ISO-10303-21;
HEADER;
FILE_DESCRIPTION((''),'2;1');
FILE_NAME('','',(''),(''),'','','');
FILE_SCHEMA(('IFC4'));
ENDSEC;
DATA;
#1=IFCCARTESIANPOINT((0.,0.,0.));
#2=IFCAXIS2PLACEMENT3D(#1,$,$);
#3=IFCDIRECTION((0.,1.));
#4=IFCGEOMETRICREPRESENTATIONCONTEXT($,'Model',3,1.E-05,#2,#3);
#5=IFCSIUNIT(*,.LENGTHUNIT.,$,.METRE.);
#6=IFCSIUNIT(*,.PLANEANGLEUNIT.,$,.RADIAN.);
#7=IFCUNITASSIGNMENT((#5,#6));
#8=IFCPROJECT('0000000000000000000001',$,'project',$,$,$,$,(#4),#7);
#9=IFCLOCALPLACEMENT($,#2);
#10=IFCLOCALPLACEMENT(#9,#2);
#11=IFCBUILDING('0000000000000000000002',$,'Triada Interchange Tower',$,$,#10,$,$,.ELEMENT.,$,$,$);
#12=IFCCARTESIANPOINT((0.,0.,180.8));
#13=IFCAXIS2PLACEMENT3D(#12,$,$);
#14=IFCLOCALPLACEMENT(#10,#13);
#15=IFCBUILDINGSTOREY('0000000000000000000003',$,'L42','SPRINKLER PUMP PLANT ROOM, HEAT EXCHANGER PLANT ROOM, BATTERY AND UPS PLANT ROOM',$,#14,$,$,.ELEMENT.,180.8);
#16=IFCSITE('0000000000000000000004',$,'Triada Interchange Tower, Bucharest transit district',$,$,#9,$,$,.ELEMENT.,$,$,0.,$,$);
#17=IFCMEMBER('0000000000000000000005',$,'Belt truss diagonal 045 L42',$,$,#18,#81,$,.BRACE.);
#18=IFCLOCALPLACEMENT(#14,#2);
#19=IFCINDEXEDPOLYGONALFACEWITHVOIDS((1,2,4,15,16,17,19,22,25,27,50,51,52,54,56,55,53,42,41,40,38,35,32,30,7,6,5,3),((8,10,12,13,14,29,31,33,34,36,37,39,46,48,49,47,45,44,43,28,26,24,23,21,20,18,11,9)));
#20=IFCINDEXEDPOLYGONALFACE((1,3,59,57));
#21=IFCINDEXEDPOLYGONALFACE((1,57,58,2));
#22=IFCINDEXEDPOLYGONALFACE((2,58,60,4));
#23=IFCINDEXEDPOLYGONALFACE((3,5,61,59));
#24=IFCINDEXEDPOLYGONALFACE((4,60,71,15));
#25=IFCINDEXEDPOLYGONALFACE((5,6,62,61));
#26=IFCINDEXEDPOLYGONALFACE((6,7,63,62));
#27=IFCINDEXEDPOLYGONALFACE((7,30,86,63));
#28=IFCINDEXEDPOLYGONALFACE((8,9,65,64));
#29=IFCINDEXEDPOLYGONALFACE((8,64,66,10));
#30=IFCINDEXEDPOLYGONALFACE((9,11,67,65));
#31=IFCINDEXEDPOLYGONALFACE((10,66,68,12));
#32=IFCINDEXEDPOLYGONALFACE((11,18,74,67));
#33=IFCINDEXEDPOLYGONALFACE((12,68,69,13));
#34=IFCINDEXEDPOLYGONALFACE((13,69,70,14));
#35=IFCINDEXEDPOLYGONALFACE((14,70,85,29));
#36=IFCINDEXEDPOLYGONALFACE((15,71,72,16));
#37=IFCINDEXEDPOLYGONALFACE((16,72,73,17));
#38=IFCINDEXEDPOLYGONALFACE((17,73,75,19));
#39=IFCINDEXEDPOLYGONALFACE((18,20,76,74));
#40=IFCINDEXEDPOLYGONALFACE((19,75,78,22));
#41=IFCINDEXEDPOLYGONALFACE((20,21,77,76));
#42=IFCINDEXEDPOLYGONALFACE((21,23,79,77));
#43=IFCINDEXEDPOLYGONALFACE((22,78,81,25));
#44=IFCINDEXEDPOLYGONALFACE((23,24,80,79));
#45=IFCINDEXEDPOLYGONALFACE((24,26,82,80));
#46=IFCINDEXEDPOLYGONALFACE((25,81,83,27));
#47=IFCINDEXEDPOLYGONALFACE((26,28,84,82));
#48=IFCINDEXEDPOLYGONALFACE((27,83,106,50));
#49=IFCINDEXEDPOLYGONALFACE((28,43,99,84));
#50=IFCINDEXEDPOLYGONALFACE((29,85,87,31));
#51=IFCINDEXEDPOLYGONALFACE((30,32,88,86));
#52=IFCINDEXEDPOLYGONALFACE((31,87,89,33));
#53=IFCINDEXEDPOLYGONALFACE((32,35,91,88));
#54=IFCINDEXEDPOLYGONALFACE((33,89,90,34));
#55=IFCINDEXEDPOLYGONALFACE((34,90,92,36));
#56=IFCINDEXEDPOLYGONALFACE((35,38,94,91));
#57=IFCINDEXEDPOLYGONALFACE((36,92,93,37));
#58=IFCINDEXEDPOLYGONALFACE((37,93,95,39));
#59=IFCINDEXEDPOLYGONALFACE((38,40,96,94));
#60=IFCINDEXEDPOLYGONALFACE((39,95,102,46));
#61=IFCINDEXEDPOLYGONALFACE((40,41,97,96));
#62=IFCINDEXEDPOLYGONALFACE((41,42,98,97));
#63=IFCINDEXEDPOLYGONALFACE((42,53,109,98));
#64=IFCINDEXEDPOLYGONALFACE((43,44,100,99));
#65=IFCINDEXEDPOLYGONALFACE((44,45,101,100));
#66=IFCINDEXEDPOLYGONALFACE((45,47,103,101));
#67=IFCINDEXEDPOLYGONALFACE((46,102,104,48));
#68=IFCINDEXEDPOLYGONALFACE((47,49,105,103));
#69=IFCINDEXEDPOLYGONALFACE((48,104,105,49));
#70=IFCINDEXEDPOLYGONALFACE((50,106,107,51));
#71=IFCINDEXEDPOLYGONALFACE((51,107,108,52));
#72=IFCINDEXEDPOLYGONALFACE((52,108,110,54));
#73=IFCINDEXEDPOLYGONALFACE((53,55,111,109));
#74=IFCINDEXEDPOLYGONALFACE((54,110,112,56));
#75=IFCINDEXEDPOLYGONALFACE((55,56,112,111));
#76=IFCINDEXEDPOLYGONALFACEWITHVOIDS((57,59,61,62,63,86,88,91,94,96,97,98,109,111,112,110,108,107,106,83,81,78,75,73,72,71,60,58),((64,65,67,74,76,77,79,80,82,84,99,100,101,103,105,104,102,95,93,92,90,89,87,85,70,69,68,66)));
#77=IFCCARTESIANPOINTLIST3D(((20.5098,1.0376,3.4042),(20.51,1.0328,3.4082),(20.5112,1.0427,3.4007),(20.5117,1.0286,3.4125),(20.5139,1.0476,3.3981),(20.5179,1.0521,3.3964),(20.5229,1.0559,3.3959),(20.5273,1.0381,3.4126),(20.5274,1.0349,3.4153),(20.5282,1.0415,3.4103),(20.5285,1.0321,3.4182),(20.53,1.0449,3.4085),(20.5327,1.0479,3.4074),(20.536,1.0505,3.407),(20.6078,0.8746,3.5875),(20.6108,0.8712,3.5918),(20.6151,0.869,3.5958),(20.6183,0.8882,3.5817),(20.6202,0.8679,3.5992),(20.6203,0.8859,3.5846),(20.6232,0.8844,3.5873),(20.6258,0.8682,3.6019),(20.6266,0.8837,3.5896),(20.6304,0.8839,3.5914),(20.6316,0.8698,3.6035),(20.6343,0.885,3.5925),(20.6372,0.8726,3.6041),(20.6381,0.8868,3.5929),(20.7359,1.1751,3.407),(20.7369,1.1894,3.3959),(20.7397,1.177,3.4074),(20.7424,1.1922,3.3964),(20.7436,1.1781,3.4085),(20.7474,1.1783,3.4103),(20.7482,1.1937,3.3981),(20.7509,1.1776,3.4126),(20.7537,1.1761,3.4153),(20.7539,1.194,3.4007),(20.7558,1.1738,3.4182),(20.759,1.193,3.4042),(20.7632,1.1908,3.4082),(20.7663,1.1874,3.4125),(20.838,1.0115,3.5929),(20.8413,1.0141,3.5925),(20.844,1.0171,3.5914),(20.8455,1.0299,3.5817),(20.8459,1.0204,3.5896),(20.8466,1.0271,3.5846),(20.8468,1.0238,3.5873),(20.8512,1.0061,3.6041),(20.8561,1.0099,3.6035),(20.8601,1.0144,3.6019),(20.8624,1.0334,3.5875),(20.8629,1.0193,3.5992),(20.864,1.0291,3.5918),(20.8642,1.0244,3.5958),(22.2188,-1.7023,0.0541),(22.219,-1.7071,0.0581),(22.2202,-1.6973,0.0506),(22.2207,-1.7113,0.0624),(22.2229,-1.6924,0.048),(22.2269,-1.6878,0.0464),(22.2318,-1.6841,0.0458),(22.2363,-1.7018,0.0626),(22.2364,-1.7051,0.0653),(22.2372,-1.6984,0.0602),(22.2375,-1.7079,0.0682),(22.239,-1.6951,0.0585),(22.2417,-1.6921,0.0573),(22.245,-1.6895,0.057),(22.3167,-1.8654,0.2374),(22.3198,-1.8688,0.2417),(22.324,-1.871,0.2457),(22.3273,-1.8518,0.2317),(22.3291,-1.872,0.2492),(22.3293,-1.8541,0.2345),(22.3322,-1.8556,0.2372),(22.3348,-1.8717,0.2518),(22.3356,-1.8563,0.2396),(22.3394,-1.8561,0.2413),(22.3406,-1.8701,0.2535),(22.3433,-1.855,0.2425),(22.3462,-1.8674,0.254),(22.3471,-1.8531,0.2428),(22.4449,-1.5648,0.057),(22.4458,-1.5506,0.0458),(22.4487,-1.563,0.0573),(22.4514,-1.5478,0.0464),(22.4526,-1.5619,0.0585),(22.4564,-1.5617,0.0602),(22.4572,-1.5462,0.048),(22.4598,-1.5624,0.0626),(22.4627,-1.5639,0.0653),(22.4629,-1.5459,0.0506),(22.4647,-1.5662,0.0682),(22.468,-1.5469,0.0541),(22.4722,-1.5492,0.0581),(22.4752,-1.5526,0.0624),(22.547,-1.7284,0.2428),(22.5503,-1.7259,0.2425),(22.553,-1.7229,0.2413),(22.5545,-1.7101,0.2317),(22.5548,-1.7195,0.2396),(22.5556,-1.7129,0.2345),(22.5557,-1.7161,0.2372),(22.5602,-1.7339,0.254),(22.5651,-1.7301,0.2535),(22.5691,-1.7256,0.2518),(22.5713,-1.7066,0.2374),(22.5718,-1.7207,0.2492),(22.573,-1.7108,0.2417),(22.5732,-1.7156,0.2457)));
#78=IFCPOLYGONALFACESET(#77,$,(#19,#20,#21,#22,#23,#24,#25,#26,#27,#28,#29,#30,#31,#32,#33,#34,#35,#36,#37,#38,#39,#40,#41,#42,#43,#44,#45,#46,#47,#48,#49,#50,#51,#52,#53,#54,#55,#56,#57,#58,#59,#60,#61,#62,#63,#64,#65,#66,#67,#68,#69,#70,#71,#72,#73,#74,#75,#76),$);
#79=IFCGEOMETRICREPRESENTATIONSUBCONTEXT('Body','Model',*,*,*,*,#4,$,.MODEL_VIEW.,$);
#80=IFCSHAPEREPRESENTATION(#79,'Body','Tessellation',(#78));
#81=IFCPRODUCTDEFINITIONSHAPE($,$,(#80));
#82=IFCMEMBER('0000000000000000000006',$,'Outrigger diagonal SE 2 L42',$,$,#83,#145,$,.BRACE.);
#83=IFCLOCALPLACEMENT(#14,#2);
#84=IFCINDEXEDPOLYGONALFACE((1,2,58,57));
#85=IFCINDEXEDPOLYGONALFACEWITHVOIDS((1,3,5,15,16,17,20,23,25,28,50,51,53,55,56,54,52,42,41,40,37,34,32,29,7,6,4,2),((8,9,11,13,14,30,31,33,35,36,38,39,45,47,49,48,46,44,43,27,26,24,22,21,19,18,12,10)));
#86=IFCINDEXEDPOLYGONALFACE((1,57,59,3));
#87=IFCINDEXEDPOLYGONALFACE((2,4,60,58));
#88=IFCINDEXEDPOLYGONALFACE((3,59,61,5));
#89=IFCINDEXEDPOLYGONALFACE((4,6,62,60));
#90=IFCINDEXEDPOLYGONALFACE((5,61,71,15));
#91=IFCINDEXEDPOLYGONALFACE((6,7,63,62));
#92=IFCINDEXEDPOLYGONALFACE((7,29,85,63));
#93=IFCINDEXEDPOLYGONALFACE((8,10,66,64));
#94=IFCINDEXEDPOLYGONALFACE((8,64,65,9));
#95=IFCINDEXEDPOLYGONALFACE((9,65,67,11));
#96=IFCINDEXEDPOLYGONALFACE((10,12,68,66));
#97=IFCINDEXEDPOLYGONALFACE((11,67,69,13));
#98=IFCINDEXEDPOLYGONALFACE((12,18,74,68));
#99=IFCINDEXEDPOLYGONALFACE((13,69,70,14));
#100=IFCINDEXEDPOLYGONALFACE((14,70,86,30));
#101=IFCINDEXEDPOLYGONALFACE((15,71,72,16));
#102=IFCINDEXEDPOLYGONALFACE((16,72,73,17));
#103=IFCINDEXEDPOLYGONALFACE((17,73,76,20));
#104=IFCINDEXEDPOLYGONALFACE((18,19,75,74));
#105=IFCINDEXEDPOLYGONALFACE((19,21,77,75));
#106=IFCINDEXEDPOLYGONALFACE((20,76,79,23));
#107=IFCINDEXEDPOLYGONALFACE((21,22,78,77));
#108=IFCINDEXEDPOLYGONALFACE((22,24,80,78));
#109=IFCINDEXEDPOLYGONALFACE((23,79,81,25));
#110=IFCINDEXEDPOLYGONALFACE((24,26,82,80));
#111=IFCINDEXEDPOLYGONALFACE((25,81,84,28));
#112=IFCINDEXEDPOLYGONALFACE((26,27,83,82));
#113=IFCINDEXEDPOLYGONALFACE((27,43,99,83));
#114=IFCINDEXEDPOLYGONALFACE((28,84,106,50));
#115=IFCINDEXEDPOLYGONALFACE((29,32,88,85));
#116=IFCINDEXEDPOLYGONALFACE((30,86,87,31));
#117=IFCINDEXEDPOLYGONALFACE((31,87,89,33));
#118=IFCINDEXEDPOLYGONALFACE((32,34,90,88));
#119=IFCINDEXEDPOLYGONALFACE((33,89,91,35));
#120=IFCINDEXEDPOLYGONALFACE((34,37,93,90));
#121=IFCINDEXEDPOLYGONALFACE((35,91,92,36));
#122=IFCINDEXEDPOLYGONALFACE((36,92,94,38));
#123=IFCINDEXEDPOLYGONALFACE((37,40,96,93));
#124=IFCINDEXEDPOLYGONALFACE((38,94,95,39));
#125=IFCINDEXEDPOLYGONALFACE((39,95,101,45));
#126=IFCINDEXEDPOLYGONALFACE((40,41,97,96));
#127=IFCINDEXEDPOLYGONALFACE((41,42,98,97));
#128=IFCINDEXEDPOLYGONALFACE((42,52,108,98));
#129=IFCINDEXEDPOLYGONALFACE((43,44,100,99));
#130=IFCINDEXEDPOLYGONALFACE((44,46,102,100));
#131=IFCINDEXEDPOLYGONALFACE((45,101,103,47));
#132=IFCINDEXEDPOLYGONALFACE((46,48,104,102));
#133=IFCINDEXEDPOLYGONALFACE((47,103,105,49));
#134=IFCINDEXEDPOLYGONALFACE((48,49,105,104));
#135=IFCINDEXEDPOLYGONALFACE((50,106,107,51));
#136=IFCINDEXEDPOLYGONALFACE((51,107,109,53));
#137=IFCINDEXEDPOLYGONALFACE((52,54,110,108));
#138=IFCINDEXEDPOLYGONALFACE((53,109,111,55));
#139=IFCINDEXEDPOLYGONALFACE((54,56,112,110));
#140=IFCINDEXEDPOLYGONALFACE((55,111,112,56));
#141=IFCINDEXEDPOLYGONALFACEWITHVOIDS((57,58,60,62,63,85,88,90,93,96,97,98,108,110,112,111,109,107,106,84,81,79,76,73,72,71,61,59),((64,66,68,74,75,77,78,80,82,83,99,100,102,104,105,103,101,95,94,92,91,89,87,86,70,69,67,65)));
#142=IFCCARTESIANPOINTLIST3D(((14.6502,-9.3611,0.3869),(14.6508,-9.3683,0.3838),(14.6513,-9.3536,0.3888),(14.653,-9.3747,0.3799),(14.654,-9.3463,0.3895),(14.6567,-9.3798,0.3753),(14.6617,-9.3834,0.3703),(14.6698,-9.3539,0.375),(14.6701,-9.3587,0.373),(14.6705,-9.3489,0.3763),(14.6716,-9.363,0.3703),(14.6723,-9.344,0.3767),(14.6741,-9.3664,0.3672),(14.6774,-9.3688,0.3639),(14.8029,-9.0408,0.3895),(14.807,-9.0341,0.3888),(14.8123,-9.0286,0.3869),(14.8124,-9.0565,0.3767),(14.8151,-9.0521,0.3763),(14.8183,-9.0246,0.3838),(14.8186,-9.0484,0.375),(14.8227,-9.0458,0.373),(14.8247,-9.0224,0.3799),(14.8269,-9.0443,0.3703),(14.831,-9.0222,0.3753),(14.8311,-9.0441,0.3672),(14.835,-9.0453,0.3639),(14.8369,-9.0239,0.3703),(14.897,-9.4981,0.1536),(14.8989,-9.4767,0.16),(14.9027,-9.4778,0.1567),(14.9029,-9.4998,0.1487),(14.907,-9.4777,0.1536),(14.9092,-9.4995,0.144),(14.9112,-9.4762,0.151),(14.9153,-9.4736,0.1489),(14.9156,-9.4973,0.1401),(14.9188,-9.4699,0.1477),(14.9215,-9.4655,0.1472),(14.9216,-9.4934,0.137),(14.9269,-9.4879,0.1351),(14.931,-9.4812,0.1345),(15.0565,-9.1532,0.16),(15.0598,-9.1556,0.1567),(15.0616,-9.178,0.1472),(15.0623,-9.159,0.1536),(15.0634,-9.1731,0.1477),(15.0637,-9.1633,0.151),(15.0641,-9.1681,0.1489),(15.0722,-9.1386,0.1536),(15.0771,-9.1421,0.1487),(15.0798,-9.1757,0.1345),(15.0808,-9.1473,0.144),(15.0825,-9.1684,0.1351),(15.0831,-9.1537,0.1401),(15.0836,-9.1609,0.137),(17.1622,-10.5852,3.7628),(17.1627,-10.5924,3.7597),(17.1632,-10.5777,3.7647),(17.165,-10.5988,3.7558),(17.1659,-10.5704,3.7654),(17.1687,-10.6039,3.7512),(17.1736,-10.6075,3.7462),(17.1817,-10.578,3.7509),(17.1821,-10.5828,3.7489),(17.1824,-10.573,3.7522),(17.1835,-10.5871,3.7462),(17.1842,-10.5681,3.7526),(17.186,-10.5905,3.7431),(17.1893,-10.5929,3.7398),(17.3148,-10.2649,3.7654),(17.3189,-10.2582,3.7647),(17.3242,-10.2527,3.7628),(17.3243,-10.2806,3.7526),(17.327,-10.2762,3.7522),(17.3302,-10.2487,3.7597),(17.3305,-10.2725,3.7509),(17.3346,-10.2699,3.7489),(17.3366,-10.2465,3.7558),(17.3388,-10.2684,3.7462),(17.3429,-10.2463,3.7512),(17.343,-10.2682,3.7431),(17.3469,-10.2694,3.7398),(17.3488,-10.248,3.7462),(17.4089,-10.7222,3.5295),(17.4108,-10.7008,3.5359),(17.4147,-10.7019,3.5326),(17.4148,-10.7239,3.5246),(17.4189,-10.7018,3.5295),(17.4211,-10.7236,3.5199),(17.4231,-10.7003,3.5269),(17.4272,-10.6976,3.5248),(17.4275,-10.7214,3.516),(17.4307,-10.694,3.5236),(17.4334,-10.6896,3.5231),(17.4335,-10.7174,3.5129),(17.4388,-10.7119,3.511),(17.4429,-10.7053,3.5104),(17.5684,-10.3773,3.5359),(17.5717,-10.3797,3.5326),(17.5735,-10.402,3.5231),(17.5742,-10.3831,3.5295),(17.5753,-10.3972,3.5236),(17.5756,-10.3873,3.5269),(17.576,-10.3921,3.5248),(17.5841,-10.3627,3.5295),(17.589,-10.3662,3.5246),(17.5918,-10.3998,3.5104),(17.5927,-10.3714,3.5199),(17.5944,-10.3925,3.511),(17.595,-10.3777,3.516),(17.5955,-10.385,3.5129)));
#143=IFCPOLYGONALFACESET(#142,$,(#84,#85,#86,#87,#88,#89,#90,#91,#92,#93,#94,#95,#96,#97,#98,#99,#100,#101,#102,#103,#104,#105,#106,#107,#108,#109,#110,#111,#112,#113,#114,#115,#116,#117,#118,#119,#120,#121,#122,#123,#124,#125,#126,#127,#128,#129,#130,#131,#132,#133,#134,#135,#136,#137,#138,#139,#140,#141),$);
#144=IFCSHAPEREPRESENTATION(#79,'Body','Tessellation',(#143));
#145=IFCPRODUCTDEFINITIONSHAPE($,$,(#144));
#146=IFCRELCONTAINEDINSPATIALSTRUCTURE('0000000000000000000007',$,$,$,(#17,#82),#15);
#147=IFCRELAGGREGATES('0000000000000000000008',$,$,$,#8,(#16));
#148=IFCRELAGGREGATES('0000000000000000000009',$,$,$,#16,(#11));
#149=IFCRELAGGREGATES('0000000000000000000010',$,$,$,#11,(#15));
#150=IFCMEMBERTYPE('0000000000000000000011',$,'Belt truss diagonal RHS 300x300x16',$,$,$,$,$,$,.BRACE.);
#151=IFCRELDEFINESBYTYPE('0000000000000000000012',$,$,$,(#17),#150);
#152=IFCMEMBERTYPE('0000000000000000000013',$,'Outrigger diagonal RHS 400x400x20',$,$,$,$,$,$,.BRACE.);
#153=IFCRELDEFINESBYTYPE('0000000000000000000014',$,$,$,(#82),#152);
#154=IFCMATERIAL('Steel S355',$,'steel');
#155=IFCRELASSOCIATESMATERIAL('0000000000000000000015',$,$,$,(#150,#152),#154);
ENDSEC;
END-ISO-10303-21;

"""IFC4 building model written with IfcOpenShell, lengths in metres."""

from ifc_helpers import new_model, si_unit, direction, frame, origin, origin_2d, place, context, subcontext, project, spatial, hollow_rectangle, extrude, material, material_profile, profile_set, type_object, element, save


model = new_model("IFC4")

# Units and contexts
model_context = context("Model", 3, precision=1e-05, world=origin(), true_north=direction((0.0, 1.0)))
body_context = subcontext(model_context, "Body", "Model", "MODEL_VIEW")
ifc_project = project(units=[si_unit("LENGTHUNIT", "METRE"), si_unit("PLANEANGLEUNIT", "RADIAN")], contexts=[model_context])

# Site, building, storey
site_placement = place(None, origin())
site = spatial("IfcSite", under=ifc_project, at=site_placement, Name="Triada Interchange Tower, Bucharest transit district", CompositionType="ELEMENT", RefElevation=0.0)
building_placement = place(site_placement, origin())
building = spatial("IfcBuilding", under=site, at=building_placement, Name="Triada Interchange Tower", CompositionType="ELEMENT")
storey_placement = place(building_placement, frame((0.0, 0.0, 180.8)))
storey = spatial("IfcBuildingStorey", under=building, at=storey_placement, Name="L42", Description="SPRINKLER PUMP PLANT ROOM, HEAT EXCHANGER PLANT ROOM, BATTERY AND UPS PLANT ROOM", CompositionType="ELEMENT", Elevation=180.8)

# Members
ifc_material_1 = material(Name="Steel S355", Category="steel")
ifc_material_profile_1 = material_profile(ifc_material_1, hollow_rectangle(XDim=0.3, YDim=0.3, WallThickness=0.0161, InnerFilletRadius=0.0161, OuterFilletRadius=0.0239, at=origin_2d()), Name="RHS 300x300x16")
ifc_profile_set_1 = profile_set([ifc_material_profile_1], Name="Steel S355")
member_type_1 = type_object("IfcMemberType", Name="Belt truss diagonal RHS 300x300x16", PredefinedType="BRACE", material=ifc_profile_set_1)
member_1_placement = place(storey_placement, frame((22.396, -1.709, 0.1499), z_axis=(-0.367279, 0.588853, 0.719971), x_axis=(-0.848486, -0.529217, 0.0)))
element("IfcMember", 1, at=member_1_placement, inside=storey, type_object=member_type_1, Name="Belt truss diagonal 045 L42", PredefinedType="BRACE", context=body_context, shape_type="SweptSolid", body=[
    extrude(hollow_rectangle(XDim=0.3, YDim=0.3, WallThickness=0.0161, InnerFilletRadius=0.0161, OuterFilletRadius=0.0239, at=origin_2d()), origin(), (0.0, 0.0, 1.0), 4.6531),
])
ifc_material_profile_2 = material_profile(ifc_material_1, hollow_rectangle(XDim=0.3999, YDim=0.3999, WallThickness=0.02, InnerFilletRadius=0.02, OuterFilletRadius=0.03, at=origin_2d()), Name="RHS 400x400x20")
ifc_profile_set_2 = profile_set([ifc_material_profile_2], Name="Steel S355")
member_type_2 = type_object("IfcMemberType", Name="Outrigger diagonal RHS 400x400x20", PredefinedType="BRACE", material=ifc_profile_set_2)
member_2_placement = place(storey_placement, frame((14.8669, -9.261, 0.262), z_axis=(0.57319, -0.279325, 0.770344), x_axis=(0.438069, 0.898941, 0.0)))
element("IfcMember", 2, at=member_2_placement, inside=storey, type_object=member_type_2, Name="Outrigger diagonal SE 2 L42", PredefinedType="BRACE", context=body_context, shape_type="SweptSolid", body=[
    extrude(hollow_rectangle(XDim=0.3999, YDim=0.3999, WallThickness=0.02, InnerFilletRadius=0.02, OuterFilletRadius=0.03, at=origin_2d()), origin(), (0.0, 0.0, 1.0), 4.3823),
])

save(model, "model.ifc")
